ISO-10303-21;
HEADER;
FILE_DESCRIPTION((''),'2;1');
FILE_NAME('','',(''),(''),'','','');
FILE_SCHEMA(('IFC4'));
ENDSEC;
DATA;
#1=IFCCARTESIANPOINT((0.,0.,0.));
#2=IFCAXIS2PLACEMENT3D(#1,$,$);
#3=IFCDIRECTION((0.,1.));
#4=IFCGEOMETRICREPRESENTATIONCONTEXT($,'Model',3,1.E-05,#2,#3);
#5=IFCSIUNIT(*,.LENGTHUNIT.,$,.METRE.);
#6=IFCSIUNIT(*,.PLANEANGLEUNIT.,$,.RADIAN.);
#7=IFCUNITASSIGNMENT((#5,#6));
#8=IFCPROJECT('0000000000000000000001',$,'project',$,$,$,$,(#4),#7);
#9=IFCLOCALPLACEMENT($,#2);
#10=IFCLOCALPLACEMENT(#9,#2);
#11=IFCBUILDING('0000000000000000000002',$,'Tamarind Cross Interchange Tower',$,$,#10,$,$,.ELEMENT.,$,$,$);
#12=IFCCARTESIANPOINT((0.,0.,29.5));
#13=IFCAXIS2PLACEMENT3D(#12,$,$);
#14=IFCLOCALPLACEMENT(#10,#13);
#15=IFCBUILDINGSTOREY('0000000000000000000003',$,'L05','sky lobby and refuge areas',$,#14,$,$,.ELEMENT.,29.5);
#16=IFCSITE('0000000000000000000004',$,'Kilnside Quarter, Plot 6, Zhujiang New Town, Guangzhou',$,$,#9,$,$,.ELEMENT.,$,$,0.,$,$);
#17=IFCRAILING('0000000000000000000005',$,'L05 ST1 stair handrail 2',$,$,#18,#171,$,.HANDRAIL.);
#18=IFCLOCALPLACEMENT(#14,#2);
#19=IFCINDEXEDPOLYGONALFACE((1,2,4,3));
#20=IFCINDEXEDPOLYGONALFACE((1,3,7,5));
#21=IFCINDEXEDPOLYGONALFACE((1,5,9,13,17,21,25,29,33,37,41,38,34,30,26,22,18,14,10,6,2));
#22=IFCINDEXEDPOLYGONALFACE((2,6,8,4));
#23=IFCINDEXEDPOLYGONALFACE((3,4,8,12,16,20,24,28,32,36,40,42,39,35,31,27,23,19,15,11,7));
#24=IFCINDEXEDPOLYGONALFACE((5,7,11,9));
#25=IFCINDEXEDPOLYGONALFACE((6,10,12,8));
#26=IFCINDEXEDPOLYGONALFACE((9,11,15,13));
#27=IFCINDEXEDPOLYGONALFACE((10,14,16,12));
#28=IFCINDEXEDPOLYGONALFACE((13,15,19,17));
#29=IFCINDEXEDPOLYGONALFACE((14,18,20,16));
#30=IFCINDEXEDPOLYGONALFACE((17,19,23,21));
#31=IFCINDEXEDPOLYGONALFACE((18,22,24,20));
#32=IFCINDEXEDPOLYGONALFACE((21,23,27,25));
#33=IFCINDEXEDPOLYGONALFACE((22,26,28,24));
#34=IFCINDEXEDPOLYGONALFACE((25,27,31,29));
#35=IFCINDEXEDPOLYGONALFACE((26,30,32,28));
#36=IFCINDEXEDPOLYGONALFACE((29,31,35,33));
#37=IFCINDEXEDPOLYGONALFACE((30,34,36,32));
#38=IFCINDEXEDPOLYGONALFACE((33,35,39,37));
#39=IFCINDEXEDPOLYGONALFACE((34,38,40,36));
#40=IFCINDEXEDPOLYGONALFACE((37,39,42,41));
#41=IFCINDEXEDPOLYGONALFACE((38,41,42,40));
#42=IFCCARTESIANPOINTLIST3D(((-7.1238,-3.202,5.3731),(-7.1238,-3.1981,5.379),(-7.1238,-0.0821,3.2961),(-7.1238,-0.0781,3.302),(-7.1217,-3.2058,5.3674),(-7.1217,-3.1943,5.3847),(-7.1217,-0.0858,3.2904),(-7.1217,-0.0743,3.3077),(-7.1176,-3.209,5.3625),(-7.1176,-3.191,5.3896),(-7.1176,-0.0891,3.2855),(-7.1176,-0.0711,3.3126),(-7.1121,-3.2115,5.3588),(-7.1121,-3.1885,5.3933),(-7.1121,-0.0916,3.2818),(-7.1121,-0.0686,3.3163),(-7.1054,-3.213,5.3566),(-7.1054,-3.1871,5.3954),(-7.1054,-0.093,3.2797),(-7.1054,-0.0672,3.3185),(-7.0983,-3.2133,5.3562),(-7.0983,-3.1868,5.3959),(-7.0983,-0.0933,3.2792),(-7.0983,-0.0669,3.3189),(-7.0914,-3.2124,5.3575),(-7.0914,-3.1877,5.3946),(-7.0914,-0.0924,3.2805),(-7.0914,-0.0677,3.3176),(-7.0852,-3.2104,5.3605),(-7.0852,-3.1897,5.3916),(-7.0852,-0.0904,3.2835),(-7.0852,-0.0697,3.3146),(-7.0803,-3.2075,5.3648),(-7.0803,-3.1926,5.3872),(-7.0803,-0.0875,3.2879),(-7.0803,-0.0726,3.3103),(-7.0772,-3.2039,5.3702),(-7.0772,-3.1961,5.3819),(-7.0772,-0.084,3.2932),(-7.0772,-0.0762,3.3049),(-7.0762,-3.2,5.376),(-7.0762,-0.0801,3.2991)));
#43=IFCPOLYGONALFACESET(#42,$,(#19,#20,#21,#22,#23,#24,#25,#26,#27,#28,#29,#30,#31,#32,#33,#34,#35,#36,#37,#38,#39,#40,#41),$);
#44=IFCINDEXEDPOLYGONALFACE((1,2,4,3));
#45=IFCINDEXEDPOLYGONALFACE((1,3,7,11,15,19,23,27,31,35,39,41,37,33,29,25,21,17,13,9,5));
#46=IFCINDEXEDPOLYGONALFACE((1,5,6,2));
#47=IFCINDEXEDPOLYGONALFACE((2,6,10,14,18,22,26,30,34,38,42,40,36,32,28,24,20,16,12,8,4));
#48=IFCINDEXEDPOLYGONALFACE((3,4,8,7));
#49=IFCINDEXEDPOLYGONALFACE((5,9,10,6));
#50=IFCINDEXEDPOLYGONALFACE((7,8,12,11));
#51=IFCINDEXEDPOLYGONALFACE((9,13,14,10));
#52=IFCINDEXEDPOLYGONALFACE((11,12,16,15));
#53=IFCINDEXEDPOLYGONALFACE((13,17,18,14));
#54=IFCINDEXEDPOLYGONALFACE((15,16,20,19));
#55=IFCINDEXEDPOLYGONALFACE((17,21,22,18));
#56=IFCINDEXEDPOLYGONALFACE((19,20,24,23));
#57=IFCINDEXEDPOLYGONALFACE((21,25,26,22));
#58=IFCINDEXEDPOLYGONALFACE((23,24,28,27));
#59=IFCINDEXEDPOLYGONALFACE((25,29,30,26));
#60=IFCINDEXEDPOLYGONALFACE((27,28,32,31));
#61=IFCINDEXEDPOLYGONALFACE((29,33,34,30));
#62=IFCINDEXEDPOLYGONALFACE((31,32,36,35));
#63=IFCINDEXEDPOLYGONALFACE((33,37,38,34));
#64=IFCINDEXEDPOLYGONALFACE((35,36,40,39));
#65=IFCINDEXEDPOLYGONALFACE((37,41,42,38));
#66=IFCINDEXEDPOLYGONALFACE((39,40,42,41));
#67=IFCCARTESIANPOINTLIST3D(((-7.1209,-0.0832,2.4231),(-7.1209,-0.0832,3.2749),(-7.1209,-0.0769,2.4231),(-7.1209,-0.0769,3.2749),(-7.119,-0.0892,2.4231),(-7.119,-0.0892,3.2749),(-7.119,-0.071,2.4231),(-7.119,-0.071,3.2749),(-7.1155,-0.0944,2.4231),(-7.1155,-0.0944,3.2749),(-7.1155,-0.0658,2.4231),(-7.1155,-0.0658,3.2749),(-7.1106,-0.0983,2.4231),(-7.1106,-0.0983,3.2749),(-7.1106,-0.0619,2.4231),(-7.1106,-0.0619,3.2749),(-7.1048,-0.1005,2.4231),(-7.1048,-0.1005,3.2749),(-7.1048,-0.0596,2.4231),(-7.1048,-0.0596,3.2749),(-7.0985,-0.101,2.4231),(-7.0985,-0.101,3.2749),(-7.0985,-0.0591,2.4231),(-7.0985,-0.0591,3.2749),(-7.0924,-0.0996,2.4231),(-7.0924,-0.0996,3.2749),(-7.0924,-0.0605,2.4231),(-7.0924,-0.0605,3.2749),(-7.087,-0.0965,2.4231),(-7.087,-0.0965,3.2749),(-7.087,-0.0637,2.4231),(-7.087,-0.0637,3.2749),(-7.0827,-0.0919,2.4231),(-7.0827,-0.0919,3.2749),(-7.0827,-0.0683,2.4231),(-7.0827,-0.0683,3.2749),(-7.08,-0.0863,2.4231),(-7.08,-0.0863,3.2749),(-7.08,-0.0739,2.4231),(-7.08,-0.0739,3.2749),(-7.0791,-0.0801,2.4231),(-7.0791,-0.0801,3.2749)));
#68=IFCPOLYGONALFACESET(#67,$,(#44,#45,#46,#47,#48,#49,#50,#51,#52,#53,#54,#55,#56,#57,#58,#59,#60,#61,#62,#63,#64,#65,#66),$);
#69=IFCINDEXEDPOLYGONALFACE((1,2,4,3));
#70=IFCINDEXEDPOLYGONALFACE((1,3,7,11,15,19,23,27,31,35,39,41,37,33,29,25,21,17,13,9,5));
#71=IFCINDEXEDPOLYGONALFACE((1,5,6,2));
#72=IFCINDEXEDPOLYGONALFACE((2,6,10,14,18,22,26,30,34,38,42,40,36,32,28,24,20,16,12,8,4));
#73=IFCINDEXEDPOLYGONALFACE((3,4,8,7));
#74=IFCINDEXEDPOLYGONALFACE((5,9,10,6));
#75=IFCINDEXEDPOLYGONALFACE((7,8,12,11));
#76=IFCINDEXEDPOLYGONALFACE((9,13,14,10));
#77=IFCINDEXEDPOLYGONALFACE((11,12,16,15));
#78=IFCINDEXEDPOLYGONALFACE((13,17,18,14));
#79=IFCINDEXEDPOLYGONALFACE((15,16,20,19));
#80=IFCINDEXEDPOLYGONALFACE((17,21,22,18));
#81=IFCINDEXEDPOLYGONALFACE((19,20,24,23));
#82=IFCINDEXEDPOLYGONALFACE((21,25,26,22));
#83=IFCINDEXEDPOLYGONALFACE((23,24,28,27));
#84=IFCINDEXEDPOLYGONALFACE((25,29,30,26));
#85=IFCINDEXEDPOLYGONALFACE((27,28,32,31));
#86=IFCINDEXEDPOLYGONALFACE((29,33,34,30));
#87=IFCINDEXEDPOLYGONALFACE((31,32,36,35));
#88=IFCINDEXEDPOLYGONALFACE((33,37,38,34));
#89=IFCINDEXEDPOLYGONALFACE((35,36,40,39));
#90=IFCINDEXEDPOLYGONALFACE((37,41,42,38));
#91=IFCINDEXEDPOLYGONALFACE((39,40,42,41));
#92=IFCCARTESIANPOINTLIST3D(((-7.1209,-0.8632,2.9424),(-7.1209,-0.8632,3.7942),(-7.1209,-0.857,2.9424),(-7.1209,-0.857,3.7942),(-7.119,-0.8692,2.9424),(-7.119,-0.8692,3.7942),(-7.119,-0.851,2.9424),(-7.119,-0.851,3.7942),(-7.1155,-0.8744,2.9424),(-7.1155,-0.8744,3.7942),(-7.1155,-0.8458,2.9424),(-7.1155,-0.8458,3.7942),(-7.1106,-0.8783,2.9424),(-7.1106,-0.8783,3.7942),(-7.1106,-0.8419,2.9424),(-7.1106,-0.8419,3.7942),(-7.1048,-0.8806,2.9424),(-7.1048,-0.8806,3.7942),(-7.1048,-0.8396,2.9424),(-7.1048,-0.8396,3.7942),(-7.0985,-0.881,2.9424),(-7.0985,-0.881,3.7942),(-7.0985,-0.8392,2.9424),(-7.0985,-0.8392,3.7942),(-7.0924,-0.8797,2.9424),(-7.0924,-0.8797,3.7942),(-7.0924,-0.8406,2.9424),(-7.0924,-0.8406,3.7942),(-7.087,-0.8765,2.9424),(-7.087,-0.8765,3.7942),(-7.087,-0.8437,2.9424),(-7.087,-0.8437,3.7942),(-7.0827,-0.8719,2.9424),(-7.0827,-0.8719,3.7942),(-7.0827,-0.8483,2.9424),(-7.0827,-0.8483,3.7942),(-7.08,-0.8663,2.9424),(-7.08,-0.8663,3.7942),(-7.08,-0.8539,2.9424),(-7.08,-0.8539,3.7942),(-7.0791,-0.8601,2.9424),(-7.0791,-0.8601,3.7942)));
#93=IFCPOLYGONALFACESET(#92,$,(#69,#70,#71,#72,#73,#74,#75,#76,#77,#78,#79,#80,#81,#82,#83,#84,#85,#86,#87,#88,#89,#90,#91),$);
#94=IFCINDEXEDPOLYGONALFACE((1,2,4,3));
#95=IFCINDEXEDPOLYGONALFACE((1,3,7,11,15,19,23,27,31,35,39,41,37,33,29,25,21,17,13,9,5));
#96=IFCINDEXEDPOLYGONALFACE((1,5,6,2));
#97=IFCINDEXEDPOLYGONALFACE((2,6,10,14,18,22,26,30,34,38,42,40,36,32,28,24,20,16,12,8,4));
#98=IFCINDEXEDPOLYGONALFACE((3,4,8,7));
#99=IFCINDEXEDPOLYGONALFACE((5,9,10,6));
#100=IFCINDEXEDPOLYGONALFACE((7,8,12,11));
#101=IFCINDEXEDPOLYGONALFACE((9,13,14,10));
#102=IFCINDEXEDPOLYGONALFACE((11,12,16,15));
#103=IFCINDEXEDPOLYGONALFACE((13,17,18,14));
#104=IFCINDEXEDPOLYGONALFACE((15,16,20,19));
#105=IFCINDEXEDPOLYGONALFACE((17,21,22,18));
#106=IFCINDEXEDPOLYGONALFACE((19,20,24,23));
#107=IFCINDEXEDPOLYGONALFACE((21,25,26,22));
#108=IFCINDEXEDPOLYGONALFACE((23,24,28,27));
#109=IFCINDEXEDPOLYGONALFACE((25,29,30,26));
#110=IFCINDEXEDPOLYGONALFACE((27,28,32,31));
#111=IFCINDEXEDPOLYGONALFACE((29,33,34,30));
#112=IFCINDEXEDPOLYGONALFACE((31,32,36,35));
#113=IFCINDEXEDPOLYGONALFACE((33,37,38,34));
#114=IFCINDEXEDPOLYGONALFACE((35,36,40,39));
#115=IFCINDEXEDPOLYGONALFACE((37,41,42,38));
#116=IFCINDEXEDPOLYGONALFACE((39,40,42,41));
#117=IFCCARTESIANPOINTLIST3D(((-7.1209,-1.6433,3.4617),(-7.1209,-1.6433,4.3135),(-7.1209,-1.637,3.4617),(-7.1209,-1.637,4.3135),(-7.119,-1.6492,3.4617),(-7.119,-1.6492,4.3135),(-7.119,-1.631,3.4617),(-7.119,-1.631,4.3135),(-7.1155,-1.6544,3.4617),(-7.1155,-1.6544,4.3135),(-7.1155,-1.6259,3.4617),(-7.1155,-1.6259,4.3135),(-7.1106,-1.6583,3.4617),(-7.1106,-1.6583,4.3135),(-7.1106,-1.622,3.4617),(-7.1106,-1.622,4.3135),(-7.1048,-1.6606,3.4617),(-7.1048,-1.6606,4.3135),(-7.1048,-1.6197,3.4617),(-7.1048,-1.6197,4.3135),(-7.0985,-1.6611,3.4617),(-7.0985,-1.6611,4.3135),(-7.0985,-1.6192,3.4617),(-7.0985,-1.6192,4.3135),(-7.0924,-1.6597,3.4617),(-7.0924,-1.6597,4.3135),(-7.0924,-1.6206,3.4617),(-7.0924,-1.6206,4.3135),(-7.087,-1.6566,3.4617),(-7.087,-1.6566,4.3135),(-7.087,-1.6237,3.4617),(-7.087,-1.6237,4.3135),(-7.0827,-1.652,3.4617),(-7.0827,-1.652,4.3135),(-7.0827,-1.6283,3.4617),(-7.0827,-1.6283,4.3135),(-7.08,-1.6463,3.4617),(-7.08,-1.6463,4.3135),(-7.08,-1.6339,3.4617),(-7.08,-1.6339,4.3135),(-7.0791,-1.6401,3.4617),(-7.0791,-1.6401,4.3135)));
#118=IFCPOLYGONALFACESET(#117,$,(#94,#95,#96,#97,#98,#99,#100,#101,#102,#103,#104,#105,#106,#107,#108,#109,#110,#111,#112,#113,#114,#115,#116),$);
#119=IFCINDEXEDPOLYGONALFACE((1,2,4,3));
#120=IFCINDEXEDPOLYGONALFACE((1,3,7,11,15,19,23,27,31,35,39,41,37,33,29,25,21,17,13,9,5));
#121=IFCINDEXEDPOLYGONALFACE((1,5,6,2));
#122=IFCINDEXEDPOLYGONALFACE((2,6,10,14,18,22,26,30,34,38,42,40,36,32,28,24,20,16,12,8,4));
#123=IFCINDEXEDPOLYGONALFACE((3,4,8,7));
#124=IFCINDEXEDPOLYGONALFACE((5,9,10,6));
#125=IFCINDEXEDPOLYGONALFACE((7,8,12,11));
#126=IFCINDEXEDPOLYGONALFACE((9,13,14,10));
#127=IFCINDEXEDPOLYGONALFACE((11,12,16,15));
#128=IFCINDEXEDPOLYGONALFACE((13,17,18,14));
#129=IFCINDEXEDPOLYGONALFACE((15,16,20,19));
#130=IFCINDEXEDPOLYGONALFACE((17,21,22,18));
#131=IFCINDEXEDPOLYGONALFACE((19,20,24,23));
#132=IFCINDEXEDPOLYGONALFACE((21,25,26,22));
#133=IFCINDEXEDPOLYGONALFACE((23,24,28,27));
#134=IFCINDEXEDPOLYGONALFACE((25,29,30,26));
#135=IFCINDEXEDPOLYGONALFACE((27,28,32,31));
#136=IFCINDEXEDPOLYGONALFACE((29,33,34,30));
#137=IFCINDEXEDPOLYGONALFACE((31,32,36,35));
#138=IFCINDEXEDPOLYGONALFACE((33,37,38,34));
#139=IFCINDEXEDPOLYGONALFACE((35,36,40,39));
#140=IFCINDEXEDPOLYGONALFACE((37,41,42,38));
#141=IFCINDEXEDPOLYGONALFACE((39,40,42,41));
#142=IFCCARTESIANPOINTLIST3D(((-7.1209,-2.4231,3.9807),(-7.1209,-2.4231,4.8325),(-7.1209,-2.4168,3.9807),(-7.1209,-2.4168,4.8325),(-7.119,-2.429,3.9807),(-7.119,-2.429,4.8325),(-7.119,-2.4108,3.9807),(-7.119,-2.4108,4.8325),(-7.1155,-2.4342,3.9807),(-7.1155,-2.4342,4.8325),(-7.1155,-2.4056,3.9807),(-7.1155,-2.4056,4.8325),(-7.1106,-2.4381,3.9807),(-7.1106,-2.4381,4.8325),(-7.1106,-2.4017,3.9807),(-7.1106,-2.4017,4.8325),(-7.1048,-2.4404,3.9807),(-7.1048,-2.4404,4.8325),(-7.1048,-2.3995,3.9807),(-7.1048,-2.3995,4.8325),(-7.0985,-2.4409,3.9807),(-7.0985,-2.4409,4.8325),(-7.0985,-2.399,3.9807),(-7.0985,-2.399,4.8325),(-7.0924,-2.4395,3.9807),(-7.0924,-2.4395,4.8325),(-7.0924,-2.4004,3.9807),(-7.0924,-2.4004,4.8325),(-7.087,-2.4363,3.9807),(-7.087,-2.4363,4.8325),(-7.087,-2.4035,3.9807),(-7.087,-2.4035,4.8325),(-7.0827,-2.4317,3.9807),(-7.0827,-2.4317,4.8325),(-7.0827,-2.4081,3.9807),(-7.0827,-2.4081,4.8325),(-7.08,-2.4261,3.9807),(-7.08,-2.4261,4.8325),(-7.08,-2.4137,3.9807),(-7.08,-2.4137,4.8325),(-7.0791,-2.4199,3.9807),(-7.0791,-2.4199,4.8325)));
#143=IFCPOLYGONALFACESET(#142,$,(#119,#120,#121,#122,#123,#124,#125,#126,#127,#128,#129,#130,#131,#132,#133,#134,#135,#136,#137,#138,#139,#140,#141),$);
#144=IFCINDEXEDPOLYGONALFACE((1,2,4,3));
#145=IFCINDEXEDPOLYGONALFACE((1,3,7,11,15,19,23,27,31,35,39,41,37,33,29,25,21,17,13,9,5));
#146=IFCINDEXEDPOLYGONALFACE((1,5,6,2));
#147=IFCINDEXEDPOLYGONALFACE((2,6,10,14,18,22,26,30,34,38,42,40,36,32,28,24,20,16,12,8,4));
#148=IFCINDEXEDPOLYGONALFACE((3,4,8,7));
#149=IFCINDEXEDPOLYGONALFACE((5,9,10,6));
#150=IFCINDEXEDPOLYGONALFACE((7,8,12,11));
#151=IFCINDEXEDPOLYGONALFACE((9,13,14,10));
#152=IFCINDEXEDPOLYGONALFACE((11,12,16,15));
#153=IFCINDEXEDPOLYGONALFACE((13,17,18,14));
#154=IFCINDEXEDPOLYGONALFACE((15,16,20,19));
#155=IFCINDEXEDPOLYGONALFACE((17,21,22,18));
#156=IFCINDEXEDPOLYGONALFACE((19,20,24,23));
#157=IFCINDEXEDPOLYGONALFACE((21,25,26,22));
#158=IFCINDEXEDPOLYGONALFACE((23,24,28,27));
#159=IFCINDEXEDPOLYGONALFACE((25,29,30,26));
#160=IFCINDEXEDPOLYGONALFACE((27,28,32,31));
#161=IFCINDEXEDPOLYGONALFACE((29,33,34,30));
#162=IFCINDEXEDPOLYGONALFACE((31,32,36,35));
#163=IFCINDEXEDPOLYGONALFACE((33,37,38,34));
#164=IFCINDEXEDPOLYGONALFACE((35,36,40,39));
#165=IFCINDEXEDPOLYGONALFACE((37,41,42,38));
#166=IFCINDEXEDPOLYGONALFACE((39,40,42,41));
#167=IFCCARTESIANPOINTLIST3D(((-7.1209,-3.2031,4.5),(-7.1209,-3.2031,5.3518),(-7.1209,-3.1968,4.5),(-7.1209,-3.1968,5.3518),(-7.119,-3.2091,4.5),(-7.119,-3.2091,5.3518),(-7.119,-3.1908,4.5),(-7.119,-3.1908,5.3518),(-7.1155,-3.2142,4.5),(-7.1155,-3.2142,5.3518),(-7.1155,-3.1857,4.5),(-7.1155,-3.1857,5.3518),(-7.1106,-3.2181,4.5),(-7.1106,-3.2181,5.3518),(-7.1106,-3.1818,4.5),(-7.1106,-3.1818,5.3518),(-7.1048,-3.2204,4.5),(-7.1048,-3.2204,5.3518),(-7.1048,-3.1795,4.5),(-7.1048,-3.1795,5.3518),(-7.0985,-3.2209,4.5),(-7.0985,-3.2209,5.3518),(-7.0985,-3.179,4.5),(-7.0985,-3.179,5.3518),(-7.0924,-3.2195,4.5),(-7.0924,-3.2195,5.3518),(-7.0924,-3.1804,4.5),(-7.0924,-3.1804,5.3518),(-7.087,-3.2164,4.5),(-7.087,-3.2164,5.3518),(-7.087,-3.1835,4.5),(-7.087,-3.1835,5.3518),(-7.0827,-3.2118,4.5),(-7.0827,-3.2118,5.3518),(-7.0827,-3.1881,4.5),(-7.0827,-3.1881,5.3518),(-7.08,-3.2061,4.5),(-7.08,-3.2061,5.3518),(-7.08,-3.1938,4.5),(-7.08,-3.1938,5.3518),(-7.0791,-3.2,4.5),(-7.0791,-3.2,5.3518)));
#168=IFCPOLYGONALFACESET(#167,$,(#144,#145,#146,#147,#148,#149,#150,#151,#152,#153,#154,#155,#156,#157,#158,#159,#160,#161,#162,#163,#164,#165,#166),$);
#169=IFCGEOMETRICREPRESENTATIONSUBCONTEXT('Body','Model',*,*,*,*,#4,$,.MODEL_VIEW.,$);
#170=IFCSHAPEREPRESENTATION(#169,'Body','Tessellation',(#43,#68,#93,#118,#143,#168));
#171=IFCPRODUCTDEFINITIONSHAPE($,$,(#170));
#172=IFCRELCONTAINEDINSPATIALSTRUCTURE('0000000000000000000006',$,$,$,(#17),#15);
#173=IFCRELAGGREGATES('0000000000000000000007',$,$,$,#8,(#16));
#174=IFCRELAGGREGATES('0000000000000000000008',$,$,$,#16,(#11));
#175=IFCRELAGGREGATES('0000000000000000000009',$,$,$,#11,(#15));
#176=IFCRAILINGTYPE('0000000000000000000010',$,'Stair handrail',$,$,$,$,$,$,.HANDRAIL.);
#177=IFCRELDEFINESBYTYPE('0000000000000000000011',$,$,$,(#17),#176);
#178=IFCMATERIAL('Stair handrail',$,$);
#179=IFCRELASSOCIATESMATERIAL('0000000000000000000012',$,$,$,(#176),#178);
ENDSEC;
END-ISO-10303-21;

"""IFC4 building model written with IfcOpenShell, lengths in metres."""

from ifc_helpers import new_model, si_unit, direction, frame, origin, origin_2d, place, context, subcontext, project, spatial, circle, extrude, material, type_object, element, save


model = new_model("IFC4")

# Units and contexts
model_context = context("Model", 3, precision=1e-05, world=origin(), true_north=direction((0.0, 1.0)))
body_context = subcontext(model_context, "Body", "Model", "MODEL_VIEW")
ifc_project = project(units=[si_unit("LENGTHUNIT", "METRE"), si_unit("PLANEANGLEUNIT", "RADIAN")], contexts=[model_context])

# Site, building, storey
site_placement = place(None, origin())
site = spatial("IfcSite", under=ifc_project, at=site_placement, Name="Kilnside Quarter, Plot 6, Zhujiang New Town, Guangzhou", CompositionType="ELEMENT", RefElevation=0.0)
building_placement = place(site_placement, origin())
building = spatial("IfcBuilding", under=site, at=building_placement, Name="Tamarind Cross Interchange Tower", CompositionType="ELEMENT")
storey_placement = place(building_placement, frame((0.0, 0.0, 29.5)))
storey = spatial("IfcBuildingStorey", under=building, at=storey_placement, Name="L05", Description="sky lobby and refuge areas", CompositionType="ELEMENT", Elevation=29.5)

# Railing
ifc_material_1 = material(Name="Stair handrail")
railing_type_1 = type_object("IfcRailingType", Name="Stair handrail", PredefinedType="HANDRAIL", material=ifc_material_1)
railing_1_placement = place(storey_placement, frame((-7.1001, -0.0801, 2.4231)))
element("IfcRailing", 1, at=railing_1_placement, inside=storey, type_object=railing_type_1, Name="L05 ST1 stair handrail 2", PredefinedType="HANDRAIL", context=body_context, shape_type="SweptSolid", body=[
    extrude(circle(Radius=0.0239, at=origin_2d()), frame((0.0, 0.0, 0.876), z_axis=(0.0, -0.832421, 0.554144), x_axis=(1.0, 0.0, 0.0)), (0.0, 0.0, 1.0), 3.748),
    extrude(circle(Radius=0.021, at=origin_2d()), origin(), (0.0, 0.0, 1.0), 0.8518),
    extrude(circle(Radius=0.021, at=origin_2d()), frame((0.0, -0.78, 0.5193)), (0.0, 0.0, 1.0), 0.8518),
    extrude(circle(Radius=0.021, at=origin_2d()), frame((0.0, -1.5601, 1.0386)), (0.0, 0.0, 1.0), 0.8518),
    extrude(circle(Radius=0.021, at=origin_2d()), frame((0.0, -2.3398, 1.5576)), (0.0, 0.0, 1.0), 0.8518),
    extrude(circle(Radius=0.021, at=origin_2d()), frame((0.0, -3.1199, 2.0769)), (0.0, 0.0, 1.0), 0.8518),
])

save(model, "model.ifc")
